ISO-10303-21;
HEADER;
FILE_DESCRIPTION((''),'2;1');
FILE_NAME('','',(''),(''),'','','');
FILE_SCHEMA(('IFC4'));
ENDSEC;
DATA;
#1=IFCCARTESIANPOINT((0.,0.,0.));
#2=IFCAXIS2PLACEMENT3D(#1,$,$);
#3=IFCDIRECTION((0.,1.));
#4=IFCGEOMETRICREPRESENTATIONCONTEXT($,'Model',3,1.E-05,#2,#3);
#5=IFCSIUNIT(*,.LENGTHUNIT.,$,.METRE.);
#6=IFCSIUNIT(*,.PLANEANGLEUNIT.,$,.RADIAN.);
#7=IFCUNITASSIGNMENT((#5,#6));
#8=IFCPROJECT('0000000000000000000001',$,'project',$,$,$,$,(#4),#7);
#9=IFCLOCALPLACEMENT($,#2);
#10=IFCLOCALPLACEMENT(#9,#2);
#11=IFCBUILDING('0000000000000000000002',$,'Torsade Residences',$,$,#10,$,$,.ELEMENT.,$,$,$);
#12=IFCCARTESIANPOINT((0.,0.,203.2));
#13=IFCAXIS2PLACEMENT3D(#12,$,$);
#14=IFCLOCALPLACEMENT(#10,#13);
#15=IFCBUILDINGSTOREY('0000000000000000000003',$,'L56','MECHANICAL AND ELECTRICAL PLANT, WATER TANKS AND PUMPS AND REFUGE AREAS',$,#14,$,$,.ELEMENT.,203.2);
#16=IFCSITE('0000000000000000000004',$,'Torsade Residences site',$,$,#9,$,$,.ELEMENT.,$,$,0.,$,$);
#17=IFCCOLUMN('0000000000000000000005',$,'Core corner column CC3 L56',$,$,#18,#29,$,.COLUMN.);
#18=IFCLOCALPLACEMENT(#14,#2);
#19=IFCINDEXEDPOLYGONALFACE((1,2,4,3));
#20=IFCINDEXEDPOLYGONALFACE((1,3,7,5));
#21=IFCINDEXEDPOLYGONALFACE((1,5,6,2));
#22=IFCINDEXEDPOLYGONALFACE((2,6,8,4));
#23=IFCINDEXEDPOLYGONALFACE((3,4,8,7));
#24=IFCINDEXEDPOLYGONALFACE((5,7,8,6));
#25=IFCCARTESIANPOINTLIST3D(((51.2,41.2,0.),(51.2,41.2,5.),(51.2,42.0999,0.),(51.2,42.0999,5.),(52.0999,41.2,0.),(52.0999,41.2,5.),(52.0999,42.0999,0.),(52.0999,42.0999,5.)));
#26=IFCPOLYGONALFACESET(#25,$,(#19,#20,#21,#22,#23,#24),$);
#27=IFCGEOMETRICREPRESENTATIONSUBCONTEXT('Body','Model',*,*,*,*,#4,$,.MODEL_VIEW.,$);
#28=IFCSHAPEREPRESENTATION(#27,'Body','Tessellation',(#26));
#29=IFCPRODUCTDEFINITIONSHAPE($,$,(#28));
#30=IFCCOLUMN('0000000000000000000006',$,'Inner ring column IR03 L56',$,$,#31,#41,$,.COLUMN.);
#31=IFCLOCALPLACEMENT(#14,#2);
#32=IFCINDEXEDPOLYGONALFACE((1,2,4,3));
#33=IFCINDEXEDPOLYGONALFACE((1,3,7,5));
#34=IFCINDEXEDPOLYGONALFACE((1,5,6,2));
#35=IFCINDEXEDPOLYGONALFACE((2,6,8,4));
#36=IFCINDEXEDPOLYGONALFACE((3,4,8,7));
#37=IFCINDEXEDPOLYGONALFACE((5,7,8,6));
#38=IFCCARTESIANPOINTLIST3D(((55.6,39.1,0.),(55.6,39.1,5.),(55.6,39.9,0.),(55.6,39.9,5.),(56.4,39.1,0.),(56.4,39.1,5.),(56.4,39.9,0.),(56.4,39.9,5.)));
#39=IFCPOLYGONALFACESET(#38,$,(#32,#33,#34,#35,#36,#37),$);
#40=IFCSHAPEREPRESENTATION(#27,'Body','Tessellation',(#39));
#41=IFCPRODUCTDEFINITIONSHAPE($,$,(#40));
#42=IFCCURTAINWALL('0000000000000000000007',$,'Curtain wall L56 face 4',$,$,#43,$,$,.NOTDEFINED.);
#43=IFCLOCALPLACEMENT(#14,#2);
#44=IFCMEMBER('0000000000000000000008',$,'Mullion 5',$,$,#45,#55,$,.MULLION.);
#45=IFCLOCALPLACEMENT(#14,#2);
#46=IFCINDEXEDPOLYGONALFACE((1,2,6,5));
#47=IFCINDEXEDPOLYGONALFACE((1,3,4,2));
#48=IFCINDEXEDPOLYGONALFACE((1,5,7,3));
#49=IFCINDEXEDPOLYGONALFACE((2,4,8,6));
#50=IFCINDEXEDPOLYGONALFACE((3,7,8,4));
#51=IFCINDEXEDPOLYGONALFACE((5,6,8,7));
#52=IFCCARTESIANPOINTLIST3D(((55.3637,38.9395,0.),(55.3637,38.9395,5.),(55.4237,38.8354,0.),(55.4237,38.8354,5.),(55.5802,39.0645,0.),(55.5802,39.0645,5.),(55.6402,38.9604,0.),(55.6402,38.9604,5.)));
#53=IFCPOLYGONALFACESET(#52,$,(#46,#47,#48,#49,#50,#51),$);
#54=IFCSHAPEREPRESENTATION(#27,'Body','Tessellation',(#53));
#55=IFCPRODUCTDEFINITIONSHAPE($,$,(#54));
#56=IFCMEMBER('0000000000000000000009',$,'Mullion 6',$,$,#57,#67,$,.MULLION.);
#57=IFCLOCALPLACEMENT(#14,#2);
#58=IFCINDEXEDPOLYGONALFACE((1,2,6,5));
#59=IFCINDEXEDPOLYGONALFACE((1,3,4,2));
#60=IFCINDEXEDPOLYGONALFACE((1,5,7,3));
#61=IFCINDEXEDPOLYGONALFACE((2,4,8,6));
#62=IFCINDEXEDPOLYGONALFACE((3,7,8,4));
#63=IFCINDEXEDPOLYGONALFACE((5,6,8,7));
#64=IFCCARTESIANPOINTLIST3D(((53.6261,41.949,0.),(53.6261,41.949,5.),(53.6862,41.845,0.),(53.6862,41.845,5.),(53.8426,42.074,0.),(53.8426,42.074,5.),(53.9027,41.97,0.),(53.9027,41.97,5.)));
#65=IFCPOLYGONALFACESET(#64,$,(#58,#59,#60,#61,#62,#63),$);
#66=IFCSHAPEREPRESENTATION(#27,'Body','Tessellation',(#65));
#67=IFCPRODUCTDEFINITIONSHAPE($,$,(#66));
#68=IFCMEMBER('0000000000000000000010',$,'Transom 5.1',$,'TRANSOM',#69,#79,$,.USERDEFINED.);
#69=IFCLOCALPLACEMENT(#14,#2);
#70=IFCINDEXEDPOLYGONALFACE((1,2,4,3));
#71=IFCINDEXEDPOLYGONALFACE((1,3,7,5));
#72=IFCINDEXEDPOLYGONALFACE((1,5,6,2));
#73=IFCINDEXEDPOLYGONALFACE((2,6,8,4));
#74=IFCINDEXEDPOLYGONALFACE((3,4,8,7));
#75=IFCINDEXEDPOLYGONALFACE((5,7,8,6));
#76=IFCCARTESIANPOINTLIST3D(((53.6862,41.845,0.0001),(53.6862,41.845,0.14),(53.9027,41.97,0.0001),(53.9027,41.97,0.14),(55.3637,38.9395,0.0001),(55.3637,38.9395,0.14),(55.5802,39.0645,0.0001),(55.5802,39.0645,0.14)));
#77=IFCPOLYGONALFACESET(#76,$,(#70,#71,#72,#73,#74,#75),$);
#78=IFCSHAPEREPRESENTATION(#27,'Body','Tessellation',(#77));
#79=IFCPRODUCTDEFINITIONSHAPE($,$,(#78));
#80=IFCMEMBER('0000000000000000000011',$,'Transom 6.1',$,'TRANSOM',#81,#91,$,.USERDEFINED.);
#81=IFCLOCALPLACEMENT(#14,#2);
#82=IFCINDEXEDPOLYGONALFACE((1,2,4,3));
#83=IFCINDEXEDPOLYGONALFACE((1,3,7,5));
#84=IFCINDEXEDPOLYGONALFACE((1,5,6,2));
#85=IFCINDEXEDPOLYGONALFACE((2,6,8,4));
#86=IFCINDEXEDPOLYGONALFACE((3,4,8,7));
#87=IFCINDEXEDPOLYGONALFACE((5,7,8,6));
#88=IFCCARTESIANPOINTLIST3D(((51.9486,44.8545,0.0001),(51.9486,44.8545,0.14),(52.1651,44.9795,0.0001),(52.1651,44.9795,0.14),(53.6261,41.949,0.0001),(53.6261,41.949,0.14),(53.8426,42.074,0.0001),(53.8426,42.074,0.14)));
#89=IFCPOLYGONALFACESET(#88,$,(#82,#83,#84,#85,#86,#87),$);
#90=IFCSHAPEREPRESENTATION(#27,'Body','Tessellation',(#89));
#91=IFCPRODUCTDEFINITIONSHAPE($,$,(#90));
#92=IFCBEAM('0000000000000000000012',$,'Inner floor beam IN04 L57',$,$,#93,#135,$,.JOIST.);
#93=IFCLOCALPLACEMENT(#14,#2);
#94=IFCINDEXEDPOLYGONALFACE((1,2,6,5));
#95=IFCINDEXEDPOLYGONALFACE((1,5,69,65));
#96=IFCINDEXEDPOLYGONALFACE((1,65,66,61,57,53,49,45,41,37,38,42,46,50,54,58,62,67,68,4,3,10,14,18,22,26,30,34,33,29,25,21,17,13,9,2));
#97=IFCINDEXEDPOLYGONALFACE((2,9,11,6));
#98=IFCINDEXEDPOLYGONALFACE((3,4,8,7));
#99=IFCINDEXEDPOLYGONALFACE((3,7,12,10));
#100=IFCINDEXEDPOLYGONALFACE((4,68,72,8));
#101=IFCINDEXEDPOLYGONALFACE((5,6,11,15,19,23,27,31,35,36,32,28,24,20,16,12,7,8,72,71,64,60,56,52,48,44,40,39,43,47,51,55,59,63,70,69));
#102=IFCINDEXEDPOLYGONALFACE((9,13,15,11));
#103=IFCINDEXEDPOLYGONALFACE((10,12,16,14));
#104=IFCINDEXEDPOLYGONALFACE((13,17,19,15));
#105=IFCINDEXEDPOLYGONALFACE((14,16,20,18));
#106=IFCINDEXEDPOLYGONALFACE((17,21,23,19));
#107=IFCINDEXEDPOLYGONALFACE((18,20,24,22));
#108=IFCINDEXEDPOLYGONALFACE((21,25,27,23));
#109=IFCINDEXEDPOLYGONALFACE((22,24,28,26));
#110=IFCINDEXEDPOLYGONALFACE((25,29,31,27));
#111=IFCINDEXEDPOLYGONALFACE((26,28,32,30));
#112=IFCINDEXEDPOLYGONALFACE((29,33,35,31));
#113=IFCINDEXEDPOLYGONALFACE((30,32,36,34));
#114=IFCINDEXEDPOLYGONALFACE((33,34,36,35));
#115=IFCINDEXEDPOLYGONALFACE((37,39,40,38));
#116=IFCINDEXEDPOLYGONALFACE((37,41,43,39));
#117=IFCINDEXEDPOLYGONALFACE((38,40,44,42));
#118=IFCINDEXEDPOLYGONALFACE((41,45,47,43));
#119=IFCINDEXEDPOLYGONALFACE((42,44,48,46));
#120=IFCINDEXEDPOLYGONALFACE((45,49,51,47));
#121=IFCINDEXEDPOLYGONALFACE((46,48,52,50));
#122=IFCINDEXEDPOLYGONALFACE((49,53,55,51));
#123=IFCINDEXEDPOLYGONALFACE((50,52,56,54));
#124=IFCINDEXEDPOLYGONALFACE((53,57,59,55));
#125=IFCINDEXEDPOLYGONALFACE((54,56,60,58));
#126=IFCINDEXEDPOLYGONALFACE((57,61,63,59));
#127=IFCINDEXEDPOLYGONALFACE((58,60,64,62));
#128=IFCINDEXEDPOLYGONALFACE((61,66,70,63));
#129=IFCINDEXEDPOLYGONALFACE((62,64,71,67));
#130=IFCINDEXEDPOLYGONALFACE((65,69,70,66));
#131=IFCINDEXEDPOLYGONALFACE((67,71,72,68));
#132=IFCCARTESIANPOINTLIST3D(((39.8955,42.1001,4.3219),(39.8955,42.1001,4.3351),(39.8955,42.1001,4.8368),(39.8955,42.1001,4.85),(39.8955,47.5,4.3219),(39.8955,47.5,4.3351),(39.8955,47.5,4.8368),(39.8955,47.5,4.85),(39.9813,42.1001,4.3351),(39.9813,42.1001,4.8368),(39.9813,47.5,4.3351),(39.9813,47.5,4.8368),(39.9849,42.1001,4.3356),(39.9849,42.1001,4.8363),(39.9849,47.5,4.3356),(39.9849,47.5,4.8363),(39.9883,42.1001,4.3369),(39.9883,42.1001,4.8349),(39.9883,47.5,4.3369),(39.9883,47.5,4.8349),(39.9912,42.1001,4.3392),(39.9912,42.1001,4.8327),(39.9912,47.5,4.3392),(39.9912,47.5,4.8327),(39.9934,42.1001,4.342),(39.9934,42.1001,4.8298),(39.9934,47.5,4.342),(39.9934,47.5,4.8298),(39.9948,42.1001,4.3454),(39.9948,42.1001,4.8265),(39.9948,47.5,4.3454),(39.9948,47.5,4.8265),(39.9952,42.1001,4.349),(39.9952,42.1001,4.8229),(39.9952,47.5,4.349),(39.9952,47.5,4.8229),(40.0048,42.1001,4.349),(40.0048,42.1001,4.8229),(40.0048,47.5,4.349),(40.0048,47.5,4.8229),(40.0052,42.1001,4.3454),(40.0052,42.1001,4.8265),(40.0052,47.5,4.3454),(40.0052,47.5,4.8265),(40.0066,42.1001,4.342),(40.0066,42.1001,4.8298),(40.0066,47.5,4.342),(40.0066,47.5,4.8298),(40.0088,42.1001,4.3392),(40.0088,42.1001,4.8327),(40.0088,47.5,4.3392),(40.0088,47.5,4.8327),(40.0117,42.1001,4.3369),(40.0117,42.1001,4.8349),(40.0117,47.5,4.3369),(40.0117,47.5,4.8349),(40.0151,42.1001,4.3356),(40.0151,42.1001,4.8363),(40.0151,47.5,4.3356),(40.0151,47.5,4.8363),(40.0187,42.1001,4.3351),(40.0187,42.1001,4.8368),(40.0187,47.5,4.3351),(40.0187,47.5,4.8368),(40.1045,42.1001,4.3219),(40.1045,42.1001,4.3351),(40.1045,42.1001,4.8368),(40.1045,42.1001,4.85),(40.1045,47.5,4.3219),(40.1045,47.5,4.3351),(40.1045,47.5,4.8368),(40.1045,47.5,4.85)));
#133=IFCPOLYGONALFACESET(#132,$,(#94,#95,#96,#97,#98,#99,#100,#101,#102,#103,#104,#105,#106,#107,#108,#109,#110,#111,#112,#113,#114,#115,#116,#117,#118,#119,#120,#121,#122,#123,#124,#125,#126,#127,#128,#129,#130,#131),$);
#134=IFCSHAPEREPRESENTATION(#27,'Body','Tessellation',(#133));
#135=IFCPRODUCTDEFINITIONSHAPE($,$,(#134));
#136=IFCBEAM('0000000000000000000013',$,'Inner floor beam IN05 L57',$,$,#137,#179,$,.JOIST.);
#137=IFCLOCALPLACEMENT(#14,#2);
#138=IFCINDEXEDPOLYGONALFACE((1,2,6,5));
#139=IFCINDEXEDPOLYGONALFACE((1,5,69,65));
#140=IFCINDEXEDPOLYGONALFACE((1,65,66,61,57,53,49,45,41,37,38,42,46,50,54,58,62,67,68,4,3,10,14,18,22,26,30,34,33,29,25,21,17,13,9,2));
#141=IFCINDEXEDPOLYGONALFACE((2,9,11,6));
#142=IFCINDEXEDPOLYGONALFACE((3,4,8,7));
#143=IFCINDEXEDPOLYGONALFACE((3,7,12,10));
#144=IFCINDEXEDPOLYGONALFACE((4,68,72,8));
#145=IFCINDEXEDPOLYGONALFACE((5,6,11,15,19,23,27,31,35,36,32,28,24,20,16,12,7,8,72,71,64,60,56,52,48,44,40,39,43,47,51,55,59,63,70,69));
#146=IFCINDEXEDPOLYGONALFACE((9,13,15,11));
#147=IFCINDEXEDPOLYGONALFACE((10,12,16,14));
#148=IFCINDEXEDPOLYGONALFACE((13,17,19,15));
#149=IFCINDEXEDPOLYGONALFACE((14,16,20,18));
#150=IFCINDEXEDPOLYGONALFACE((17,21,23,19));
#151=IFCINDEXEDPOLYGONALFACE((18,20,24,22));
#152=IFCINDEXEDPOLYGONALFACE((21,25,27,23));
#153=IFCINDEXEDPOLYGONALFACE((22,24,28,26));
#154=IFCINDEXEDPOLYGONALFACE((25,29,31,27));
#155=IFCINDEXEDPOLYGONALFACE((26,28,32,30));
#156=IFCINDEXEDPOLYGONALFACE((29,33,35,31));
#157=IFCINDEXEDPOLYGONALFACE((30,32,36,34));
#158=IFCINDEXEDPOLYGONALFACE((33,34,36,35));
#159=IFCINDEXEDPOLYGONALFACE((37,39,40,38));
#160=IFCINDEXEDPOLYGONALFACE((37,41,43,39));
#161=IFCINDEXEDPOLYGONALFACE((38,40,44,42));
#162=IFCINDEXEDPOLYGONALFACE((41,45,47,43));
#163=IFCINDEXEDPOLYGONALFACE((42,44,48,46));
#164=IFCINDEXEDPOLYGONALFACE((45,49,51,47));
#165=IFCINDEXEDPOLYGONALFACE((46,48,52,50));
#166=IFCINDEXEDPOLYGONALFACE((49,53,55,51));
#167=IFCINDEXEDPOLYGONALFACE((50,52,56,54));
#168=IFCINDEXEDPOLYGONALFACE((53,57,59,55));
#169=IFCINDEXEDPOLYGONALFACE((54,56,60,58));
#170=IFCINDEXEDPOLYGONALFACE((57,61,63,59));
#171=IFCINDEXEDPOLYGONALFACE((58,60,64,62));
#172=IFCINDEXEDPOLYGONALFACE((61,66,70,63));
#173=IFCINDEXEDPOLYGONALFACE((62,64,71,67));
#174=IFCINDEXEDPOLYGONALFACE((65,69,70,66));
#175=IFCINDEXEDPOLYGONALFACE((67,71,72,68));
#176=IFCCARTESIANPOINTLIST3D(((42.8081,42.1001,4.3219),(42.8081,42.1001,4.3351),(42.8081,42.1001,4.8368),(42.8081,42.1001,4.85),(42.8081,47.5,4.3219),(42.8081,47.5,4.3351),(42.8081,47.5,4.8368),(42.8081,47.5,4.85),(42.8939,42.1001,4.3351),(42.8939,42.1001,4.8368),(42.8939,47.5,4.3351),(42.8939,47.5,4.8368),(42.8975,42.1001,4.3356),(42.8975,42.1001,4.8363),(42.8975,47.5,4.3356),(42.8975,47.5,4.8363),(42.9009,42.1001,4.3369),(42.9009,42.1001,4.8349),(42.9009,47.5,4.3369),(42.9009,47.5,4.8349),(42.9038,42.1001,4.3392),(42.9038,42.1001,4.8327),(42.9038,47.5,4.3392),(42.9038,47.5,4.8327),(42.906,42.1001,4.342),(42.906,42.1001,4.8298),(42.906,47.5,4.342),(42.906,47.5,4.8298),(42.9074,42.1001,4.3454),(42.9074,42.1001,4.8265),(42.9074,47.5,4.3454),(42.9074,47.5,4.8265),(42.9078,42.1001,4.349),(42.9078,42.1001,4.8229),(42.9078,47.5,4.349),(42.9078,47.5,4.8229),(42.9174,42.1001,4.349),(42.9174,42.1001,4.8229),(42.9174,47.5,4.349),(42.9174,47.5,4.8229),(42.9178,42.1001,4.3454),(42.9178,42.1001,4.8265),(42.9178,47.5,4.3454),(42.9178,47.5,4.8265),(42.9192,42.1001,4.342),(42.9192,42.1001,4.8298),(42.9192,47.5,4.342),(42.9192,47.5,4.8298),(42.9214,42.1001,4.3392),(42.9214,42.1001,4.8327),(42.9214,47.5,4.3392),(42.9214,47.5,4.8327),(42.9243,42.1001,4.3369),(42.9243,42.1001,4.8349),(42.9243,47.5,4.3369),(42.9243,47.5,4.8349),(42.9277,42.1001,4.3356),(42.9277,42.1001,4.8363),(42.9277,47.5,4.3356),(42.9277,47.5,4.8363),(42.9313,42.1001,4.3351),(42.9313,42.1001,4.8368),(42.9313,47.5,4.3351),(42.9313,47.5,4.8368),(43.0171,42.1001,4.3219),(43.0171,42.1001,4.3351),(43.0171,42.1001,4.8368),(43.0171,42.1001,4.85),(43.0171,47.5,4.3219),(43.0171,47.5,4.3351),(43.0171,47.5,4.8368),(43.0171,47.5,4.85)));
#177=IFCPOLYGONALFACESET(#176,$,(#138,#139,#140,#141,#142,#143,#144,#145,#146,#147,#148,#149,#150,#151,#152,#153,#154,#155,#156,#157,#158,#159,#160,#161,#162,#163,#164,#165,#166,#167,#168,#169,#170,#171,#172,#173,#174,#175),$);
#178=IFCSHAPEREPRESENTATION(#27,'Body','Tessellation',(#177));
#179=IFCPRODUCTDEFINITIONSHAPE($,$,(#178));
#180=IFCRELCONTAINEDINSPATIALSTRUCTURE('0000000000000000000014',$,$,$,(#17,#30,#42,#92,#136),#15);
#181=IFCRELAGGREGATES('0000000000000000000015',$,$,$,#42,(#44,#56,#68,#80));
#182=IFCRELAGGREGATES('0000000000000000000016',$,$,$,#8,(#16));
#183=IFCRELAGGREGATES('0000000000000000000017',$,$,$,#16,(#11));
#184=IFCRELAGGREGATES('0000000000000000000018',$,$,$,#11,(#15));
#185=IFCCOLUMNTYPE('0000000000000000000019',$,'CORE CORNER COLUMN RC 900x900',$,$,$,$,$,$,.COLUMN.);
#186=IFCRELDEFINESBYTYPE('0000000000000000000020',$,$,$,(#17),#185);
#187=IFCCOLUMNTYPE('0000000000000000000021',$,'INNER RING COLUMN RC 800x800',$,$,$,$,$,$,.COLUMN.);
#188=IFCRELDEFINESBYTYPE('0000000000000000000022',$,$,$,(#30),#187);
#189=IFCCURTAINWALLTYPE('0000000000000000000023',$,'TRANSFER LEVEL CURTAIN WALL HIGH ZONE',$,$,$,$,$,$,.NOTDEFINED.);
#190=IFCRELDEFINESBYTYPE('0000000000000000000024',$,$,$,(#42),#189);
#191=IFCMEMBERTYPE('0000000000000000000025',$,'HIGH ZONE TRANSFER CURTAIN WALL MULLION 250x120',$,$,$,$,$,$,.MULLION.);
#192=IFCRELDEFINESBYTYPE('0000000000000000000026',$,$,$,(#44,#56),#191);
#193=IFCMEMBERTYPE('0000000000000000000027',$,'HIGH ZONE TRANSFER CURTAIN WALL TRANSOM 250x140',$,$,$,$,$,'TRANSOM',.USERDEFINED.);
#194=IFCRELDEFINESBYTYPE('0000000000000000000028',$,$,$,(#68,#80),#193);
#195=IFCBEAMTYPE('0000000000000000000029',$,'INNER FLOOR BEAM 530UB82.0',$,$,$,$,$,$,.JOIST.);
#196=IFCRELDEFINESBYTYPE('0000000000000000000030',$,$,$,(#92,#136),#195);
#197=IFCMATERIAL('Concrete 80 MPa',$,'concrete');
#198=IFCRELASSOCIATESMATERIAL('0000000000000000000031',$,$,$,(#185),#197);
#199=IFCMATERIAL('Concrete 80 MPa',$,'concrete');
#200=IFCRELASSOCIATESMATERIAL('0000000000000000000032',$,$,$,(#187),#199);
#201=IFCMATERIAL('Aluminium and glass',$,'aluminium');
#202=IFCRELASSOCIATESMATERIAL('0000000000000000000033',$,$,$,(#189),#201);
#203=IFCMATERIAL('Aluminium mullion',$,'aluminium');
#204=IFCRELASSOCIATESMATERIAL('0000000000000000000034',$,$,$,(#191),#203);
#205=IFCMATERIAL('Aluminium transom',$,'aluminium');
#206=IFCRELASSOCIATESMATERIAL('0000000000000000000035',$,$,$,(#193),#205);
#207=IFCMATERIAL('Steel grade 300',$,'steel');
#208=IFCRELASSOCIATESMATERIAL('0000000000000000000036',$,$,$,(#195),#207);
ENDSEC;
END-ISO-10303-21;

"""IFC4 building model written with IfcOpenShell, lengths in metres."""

from ifc_helpers import new_model, si_unit, direction, frame, origin, origin_2d, place, context, subcontext, project, spatial, rectangle, i_section, extrude, material, material_profile, profile_set, type_object, element, aggregate, save


model = new_model("IFC4")

# Units and contexts
model_context = context("Model", 3, precision=1e-05, world=origin(), true_north=direction((0.0, 1.0)))
body_context = subcontext(model_context, "Body", "Model", "MODEL_VIEW")
ifc_project = project(units=[si_unit("LENGTHUNIT", "METRE"), si_unit("PLANEANGLEUNIT", "RADIAN")], contexts=[model_context])

# Site, building, storey
site_placement = place(None, origin())
site = spatial("IfcSite", under=ifc_project, at=site_placement, Name="Torsade Residences site", CompositionType="ELEMENT", RefElevation=0.0)
building_placement = place(site_placement, origin())
building = spatial("IfcBuilding", under=site, at=building_placement, Name="Torsade Residences", CompositionType="ELEMENT")
storey_placement = place(building_placement, frame((0.0, 0.0, 203.2)))
storey = spatial("IfcBuildingStorey", under=building, at=storey_placement, Name="L56", Description="MECHANICAL AND ELECTRICAL PLANT, WATER TANKS AND PUMPS AND REFUGE AREAS", CompositionType="ELEMENT", Elevation=203.2)

# Columns
ifc_material_1 = material(Name="Concrete 80 MPa", Category="concrete")
ifc_material_profile_1 = material_profile(ifc_material_1, rectangle(XDim=0.8999, YDim=0.8999, at=origin_2d()), Name="RC 900x900")
ifc_profile_set_1 = profile_set([ifc_material_profile_1], Name="Concrete 80 MPa")
column_type_1 = type_object("IfcColumnType", Name="CORE CORNER COLUMN RC 900x900", PredefinedType="COLUMN", material=ifc_profile_set_1)
column_1_placement = place(storey_placement, frame((51.6499, 41.6499, 0.0), z_axis=(0.0, 0.0, 1.0), x_axis=(1.0, 0.0, 0.0)))
element("IfcColumn", 1, at=column_1_placement, inside=storey, type_object=column_type_1, Name="Core corner column CC3 L56", PredefinedType="COLUMN", context=body_context, shape_type="SweptSolid", body=[
    extrude(rectangle(XDim=0.8999, YDim=0.8999, at=origin_2d()), origin(), (0.0, 0.0, 1.0), 5.0),
])
ifc_material_2 = material(Name="Concrete 80 MPa", Category="concrete")
ifc_material_profile_2 = material_profile(ifc_material_2, rectangle(XDim=0.8, YDim=0.8, at=origin_2d()), Name="RC 800x800")
ifc_profile_set_2 = profile_set([ifc_material_profile_2], Name="Concrete 80 MPa")
column_type_2 = type_object("IfcColumnType", Name="INNER RING COLUMN RC 800x800", PredefinedType="COLUMN", material=ifc_profile_set_2)
column_2_placement = place(storey_placement, frame((56.0, 39.5, 0.0), z_axis=(0.0, 0.0, 1.0), x_axis=(1.0, 0.0, 0.0)))
element("IfcColumn", 2, at=column_2_placement, inside=storey, type_object=column_type_2, Name="Inner ring column IR03 L56", PredefinedType="COLUMN", context=body_context, shape_type="SweptSolid", body=[
    extrude(rectangle(XDim=0.8, YDim=0.8, at=origin_2d()), origin(), (0.0, 0.0, 1.0), 5.0),
])

# Curtain wall, members
ifc_material_3 = material(Name="Aluminium and glass", Category="aluminium")
curtain_wall_type = type_object("IfcCurtainWallType", Name="TRANSFER LEVEL CURTAIN WALL HIGH ZONE", PredefinedType="NOTDEFINED", material=ifc_material_3)
curtain_wall_placement = place(storey_placement, origin())
curtain_wall = element("IfcCurtainWall", 3, at=curtain_wall_placement, inside=storey, type_object=curtain_wall_type, Name="Curtain wall L56 face 4", PredefinedType="NOTDEFINED")
ifc_material_4 = material(Name="Aluminium mullion", Category="aluminium")
ifc_material_profile_3 = material_profile(ifc_material_4, rectangle(XDim=0.25, YDim=0.1201, at=origin_2d()), Name="HIGH ZONE TRANSFER CURTAIN WALL MULLION 250x120")
ifc_profile_set_3 = profile_set([ifc_material_profile_3], Name="Aluminium mullion")
member_type_1 = type_object("IfcMemberType", Name="HIGH ZONE TRANSFER CURTAIN WALL MULLION 250x120", PredefinedType="MULLION", material=ifc_profile_set_3)
member_1_placement = place(storey_placement, frame((55.502, 38.95, 0.0), z_axis=(0.0, 0.0, 1.0), x_axis=(-0.866025, -0.5, 0.0)))
member_1 = element("IfcMember", 4, at=member_1_placement, type_object=member_type_1, Name="Mullion 5", PredefinedType="MULLION", context=body_context, shape_type="SweptSolid", body=[
    extrude(rectangle(XDim=0.25, YDim=0.1201, at=origin_2d()), origin(), (0.0, 0.0, 1.0), 5.0),
])
member_2_placement = place(storey_placement, frame((53.7644, 41.9595, 0.0), z_axis=(0.0, 0.0, 1.0), x_axis=(-0.866025, -0.5, 0.0)))
member_2 = element("IfcMember", 5, at=member_2_placement, type_object=member_type_1, Name="Mullion 6", PredefinedType="MULLION", context=body_context, shape_type="SweptSolid", body=[
    extrude(rectangle(XDim=0.25, YDim=0.1201, at=origin_2d()), origin(), (0.0, 0.0, 1.0), 5.0),
])
ifc_material_5 = material(Name="Aluminium transom", Category="aluminium")
ifc_material_profile_4 = material_profile(ifc_material_5, rectangle(XDim=0.25, YDim=0.1399, at=origin_2d()), Name="HIGH ZONE TRANSFER CURTAIN WALL TRANSOM 250x140")
ifc_profile_set_4 = profile_set([ifc_material_profile_4], Name="Aluminium transom")
member_type_2 = type_object("IfcMemberType", Name="HIGH ZONE TRANSFER CURTAIN WALL TRANSOM 250x140", ElementType="TRANSOM", PredefinedType="USERDEFINED", material=ifc_profile_set_4)
member_3_placement = place(storey_placement, frame((55.4719, 39.002, 0.0701), z_axis=(-0.499998, 0.866027, 0.0), x_axis=(-0.866027, -0.499998, 0.0)))
member_3 = element("IfcMember", 6, at=member_3_placement, type_object=member_type_2, Name="Transom 5.1", ObjectType="TRANSOM", PredefinedType="USERDEFINED", context=body_context, shape_type="SweptSolid", body=[
    extrude(rectangle(XDim=0.25, YDim=0.1399, at=origin_2d()), origin(), (0.0, 0.0, 1.0), 3.355),
])
member_4_placement = place(storey_placement, frame((53.7344, 42.0115, 0.0701), z_axis=(-0.499998, 0.866027, 0.0), x_axis=(-0.866027, -0.499998, 0.0)))
member_4 = element("IfcMember", 7, at=member_4_placement, type_object=member_type_2, Name="Transom 6.1", ObjectType="TRANSOM", PredefinedType="USERDEFINED", context=body_context, shape_type="SweptSolid", body=[
    extrude(rectangle(XDim=0.25, YDim=0.1399, at=origin_2d()), origin(), (0.0, 0.0, 1.0), 3.355),
])

# Beams
ifc_material_6 = material(Name="Steel grade 300", Category="steel")
ifc_material_profile_5 = material_profile(ifc_material_6, i_section(OverallWidth=0.209, OverallDepth=0.5281, WebThickness=0.0095, FlangeThickness=0.0132, FilletRadius=0.0139, at=origin_2d()), Name="530UB82.0")
ifc_profile_set_5 = profile_set([ifc_material_profile_5], Name="Steel grade 300")
beam_type_1 = type_object("IfcBeamType", Name="INNER FLOOR BEAM 530UB82.0", PredefinedType="JOIST", material=ifc_profile_set_5)
for number, where, z_axis, x_axis, name in (
    (8, (40.0, 42.1001, 4.5859), (0.0, 1.0, 0.0), (-1.0, 0.0, 0.0), "Inner floor beam IN04 L57"),
    (9, (42.9126, 42.1001, 4.5859), (0.0, 1.0, 0.0), (-1.0, 0.0, 0.0), "Inner floor beam IN05 L57"),
):
    element("IfcBeam", number, at=place(storey_placement, frame(where, z_axis=z_axis, x_axis=x_axis)), inside=storey, type_object=beam_type_1, Name=name, PredefinedType="JOIST", context=body_context, shape_type="SweptSolid", body=[
        extrude(i_section(OverallWidth=0.209, OverallDepth=0.5281, WebThickness=0.0095, FlangeThickness=0.0132, FilletRadius=0.0139, at=origin_2d()), origin(), (0.0, 0.0, 1.0), 5.3999),
    ])

aggregate(curtain_wall, [member_1, member_2, member_3, member_4])

save(model, "model.ifc")
